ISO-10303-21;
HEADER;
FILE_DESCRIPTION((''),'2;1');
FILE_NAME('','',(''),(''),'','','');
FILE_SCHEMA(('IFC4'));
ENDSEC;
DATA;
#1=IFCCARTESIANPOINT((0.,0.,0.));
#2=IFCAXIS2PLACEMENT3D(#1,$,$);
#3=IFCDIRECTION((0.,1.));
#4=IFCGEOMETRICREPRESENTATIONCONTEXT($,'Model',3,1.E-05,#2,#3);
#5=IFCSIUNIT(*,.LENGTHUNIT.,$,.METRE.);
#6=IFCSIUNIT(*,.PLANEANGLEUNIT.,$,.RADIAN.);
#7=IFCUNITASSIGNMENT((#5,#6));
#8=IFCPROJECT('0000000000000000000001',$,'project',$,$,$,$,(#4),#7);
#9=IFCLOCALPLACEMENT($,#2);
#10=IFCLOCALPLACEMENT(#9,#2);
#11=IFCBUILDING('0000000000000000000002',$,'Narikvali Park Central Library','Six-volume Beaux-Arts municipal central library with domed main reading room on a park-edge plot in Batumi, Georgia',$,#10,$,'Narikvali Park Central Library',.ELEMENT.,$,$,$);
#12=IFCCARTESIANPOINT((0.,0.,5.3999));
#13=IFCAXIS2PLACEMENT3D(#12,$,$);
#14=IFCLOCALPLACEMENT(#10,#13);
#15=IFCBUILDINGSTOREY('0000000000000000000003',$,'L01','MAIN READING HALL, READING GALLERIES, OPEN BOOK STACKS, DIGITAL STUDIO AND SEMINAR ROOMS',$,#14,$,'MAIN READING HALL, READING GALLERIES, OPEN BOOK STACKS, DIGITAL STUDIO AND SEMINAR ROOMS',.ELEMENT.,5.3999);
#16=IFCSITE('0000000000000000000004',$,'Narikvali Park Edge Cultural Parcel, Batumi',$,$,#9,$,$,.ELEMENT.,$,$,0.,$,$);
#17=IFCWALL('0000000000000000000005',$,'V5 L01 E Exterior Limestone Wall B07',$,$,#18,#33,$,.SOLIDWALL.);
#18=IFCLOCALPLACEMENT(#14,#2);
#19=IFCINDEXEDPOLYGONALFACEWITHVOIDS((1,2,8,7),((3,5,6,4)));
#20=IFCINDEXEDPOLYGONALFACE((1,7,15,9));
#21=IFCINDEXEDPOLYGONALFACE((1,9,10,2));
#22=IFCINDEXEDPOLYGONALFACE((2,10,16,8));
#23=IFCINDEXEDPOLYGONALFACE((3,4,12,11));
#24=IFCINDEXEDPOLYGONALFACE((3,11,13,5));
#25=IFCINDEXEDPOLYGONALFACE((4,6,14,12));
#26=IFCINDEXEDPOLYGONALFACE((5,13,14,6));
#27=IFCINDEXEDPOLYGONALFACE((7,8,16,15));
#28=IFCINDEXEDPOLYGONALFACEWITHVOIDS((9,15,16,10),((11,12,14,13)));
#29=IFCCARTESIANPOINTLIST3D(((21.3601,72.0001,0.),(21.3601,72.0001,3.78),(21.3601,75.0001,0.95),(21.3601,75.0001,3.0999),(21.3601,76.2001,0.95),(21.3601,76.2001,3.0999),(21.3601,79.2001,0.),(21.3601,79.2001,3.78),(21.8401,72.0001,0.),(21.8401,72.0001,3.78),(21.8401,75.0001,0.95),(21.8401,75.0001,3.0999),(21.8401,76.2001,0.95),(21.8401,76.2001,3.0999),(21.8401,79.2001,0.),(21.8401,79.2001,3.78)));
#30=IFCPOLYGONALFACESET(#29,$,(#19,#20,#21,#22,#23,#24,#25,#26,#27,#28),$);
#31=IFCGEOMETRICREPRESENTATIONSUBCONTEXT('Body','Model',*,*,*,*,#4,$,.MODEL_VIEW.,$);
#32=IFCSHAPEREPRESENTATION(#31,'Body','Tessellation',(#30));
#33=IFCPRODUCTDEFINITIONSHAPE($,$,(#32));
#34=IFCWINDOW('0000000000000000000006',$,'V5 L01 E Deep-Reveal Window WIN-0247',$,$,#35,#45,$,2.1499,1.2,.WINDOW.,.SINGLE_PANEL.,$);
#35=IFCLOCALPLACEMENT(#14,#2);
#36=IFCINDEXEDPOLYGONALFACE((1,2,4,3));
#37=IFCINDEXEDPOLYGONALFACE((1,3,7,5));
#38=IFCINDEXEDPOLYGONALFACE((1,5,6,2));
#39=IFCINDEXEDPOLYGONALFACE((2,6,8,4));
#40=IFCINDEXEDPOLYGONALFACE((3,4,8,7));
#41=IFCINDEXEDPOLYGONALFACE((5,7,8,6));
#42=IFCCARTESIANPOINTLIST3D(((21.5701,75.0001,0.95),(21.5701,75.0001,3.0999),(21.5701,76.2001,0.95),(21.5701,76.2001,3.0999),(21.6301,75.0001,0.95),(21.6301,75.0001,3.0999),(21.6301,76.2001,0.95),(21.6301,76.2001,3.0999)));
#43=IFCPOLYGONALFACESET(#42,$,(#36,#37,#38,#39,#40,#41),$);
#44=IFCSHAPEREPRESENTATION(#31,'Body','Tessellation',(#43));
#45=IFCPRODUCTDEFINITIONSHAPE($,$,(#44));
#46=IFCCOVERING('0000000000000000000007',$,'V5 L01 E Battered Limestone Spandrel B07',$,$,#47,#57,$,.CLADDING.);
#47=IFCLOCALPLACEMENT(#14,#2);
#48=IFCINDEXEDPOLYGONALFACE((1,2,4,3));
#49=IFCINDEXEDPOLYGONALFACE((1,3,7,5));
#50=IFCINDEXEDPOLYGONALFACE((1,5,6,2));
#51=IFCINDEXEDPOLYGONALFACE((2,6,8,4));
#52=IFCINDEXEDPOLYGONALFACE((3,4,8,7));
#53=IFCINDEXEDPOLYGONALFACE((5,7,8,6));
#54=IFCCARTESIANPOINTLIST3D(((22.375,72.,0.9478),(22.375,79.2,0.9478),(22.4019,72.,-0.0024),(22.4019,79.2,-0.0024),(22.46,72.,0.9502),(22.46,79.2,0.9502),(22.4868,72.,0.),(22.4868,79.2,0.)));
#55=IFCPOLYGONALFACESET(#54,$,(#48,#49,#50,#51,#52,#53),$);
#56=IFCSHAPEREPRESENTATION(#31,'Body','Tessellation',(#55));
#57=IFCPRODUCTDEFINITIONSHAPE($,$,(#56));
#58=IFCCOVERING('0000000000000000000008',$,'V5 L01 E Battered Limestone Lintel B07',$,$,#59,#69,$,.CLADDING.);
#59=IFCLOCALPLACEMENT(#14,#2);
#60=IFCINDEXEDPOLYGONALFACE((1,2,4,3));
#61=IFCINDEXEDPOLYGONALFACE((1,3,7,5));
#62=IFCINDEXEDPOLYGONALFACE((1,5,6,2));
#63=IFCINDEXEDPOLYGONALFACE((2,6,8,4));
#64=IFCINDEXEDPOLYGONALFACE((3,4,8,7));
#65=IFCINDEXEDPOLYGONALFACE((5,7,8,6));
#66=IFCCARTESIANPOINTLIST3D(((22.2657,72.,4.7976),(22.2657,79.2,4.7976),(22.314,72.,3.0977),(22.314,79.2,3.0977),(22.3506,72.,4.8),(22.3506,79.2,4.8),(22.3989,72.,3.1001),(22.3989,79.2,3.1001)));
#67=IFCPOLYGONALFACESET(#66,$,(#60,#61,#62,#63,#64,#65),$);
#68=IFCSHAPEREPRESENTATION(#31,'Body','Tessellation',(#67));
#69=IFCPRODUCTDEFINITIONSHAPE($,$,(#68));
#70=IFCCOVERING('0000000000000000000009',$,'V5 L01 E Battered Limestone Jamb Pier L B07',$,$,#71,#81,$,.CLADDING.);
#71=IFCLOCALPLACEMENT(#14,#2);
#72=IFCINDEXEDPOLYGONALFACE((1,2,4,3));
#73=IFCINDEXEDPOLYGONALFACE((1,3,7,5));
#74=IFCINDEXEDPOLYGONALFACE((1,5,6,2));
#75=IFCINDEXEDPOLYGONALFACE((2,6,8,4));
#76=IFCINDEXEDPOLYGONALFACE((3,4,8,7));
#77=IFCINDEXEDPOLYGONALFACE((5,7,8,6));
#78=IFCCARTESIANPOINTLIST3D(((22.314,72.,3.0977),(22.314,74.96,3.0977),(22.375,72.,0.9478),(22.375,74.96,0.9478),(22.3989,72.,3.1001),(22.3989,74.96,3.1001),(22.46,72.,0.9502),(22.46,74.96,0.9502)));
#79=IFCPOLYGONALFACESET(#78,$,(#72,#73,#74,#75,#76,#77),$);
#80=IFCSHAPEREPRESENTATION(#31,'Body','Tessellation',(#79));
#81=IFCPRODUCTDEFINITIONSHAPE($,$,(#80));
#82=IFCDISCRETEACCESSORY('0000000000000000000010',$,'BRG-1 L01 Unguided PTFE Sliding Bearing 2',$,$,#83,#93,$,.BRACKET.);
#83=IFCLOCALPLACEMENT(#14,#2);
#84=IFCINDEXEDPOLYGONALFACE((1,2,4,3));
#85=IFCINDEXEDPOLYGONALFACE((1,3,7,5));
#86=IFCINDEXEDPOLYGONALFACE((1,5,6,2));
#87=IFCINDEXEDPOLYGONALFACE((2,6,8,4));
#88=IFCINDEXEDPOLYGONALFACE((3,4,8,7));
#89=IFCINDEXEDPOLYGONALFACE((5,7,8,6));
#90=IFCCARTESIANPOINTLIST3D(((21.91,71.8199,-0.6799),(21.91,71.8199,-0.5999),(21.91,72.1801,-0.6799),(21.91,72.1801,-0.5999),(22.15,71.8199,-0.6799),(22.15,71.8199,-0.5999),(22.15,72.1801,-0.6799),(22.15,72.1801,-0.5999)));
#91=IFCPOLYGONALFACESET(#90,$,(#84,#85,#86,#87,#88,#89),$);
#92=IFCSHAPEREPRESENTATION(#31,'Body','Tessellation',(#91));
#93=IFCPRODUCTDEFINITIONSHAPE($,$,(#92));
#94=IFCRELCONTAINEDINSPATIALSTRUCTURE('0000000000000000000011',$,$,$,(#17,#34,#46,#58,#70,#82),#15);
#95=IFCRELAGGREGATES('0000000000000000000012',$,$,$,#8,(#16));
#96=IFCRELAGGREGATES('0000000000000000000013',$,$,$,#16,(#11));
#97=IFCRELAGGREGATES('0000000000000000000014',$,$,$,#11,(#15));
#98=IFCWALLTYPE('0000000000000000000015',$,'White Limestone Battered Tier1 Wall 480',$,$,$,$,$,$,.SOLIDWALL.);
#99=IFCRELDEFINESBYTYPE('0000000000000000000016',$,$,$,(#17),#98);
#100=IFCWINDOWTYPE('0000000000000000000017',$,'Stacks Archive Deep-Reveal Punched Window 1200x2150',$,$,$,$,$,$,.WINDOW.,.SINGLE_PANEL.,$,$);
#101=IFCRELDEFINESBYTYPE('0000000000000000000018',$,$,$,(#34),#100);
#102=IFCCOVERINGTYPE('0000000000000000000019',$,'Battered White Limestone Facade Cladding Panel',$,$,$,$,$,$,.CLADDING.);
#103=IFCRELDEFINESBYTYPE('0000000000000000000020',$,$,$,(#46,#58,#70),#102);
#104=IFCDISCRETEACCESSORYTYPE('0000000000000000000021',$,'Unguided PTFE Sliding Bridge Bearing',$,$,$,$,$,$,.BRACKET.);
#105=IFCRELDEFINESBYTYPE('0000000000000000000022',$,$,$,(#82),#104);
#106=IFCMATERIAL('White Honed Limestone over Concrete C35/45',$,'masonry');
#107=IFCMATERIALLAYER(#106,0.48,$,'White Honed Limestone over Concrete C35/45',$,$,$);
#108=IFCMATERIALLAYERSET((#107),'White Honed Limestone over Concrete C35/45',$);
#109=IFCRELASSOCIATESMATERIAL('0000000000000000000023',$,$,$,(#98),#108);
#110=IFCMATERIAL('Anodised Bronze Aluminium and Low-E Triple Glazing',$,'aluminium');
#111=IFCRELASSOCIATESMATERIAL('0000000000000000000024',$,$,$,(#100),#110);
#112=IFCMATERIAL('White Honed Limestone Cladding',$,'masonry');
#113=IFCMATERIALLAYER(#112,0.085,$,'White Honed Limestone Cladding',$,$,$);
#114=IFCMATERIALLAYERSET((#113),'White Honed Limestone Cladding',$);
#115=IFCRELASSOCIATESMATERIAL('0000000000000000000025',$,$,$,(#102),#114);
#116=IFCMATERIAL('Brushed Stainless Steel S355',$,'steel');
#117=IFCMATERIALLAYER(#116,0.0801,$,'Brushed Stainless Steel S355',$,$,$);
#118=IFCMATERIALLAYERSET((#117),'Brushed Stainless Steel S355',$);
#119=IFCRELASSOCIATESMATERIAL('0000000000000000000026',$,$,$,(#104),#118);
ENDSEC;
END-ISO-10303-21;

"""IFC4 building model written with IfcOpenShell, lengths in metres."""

from ifc_helpers import new_model, si_unit, direction, frame, frame_2d, origin, origin_2d, place, context, subcontext, project, spatial, polyline, rectangle, outline, extrude, material, layer, layer_set, type_object, element, fill, save


model = new_model("IFC4")

# Units and contexts
model_context = context("Model", 3, precision=1e-05, world=origin(), true_north=direction((0.0, 1.0)))
body_context = subcontext(model_context, "Body", "Model", "MODEL_VIEW")
ifc_project = project(units=[si_unit("LENGTHUNIT", "METRE"), si_unit("PLANEANGLEUNIT", "RADIAN")], contexts=[model_context])

# Site, building, storey
site_placement = place(None, origin())
site = spatial("IfcSite", under=ifc_project, at=site_placement, Name="Narikvali Park Edge Cultural Parcel, Batumi", CompositionType="ELEMENT", RefElevation=0.0)
building_placement = place(site_placement, origin())
building = spatial("IfcBuilding", under=site, at=building_placement, Name="Narikvali Park Central Library", Description="Six-volume Beaux-Arts municipal central library with domed main reading room on a park-edge plot in Batumi, Georgia", LongName="Narikvali Park Central Library", CompositionType="ELEMENT")
storey_placement = place(building_placement, frame((0.0, 0.0, 5.3999)))
storey = spatial("IfcBuildingStorey", under=building, at=storey_placement, Name="L01", Description="MAIN READING HALL, READING GALLERIES, OPEN BOOK STACKS, DIGITAL STUDIO AND SEMINAR ROOMS", LongName="MAIN READING HALL, READING GALLERIES, OPEN BOOK STACKS, DIGITAL STUDIO AND SEMINAR ROOMS", CompositionType="ELEMENT", Elevation=5.3999)

# Shared definitions
ifc_material_1 = material(Name="White Honed Limestone over Concrete C35/45", Category="masonry")
ifc_layer_1 = layer(ifc_material_1, 0.48, Name="White Honed Limestone over Concrete C35/45")
ifc_layer_set_1 = layer_set([ifc_layer_1], Name="White Honed Limestone over Concrete C35/45")
wall_type = type_object("IfcWallType", Name="White Limestone Battered Tier1 Wall 480", PredefinedType="SOLIDWALL", material=ifc_layer_set_1)

# Wall, opening, window
wall_1_placement = place(storey_placement, frame((21.6001, 72.0, 0.0), z_axis=(0.0, 0.0, 1.0), x_axis=(0.0, 1.0, 0.0)))
wall_1 = element("IfcWall", 1, at=wall_1_placement, inside=storey, type_object=wall_type, Name="V5 L01 E Exterior Limestone Wall B07", PredefinedType="SOLIDWALL", context=body_context, shape_type="SweptSolid", body=[
    extrude(rectangle(XDim=7.2, YDim=0.48, at=frame_2d((3.6001, 0.0))), origin(), (0.0, 0.0, 1.0), 3.78),
])
opening_1_placement = place(wall_1_placement, frame((3.0, 0.0, 0.95)))
opening_1 = element("IfcOpeningElement", 2, at=opening_1_placement, cuts=wall_1, PredefinedType="OPENING", context=body_context, shape_type="SweptSolid", body=[
    extrude(rectangle(XDim=1.2, YDim=2.1499, at=frame_2d((0.6001, 1.075))), frame((0.0, 0.252, 0.0), z_axis=(0.0, -1.0, 0.0), x_axis=(1.0, 0.0, 0.0)), (0.0, 0.0, 1.0), 0.5039),
])
ifc_material_2 = material(Name="Anodised Bronze Aluminium and Low-E Triple Glazing", Category="aluminium")
window_type = type_object("IfcWindowType", Name="Stacks Archive Deep-Reveal Punched Window 1200x2150", PartitioningType="SINGLE_PANEL", PredefinedType="WINDOW", material=ifc_material_2)
window_placement = place(opening_1_placement, origin())
window = element("IfcWindow", 3, at=window_placement, inside=storey, type_object=window_type, Name="V5 L01 E Deep-Reveal Window WIN-0247", OverallHeight=2.1499, OverallWidth=1.2, PartitioningType="SINGLE_PANEL", PredefinedType="WINDOW", context=body_context, shape_type="SweptSolid", body=[
    extrude(rectangle(XDim=1.2, YDim=2.1499, at=frame_2d((0.6001, 1.075))), frame((0.0, 0.03, 0.0), z_axis=(0.0, -1.0, 0.0), x_axis=(1.0, 0.0, 0.0)), (0.0, 0.0, 1.0), 0.0601),
])
fill(opening_1, window)

# Coverings
ifc_material_3 = material(Name="White Honed Limestone Cladding", Category="masonry")
ifc_layer_2 = layer(ifc_material_3, 0.085, Name="White Honed Limestone Cladding")
ifc_layer_set_2 = layer_set([ifc_layer_2], Name="White Honed Limestone Cladding")
covering_type = type_object("IfcCoveringType", Name="Battered White Limestone Facade Cladding Panel", PredefinedType="CLADDING", material=ifc_layer_set_2)
covering_1_placement = place(storey_placement, frame((22.4868, 72.0, 0.0), z_axis=(0.999601, 0.0, 0.028252), x_axis=(0.0, 1.0, 0.0)))
element("IfcCovering", 4, at=covering_1_placement, inside=storey, type_object=covering_type, Name="V5 L01 E Battered Limestone Spandrel B07", PredefinedType="CLADDING", context=body_context, shape_type="SweptSolid", body=[
    extrude(outline(polyline([(0.0, 0.0), (7.2, 0.0), (7.2, 0.9506), (0.0, 0.9506), (0.0, 0.0)])), origin(), (0.0, 0.0, -1.0), 0.085),
])
covering_2_placement = place(storey_placement, frame((22.3989, 72.0, 3.1001), z_axis=(0.999596, 0.0, 0.028425), x_axis=(0.0, 1.0, 0.0)))
element("IfcCovering", 5, at=covering_2_placement, inside=storey, type_object=covering_type, Name="V5 L01 E Battered Limestone Lintel B07", PredefinedType="CLADDING", context=body_context, shape_type="SweptSolid", body=[
    extrude(outline(polyline([(0.0, 0.0), (7.2, 0.0), (7.2, 1.7006), (0.0, 1.7006), (0.0, 0.0)])), origin(), (0.0, 0.0, -1.0), 0.085),
])
covering_3_placement = place(storey_placement, frame((22.46, 72.0, 0.9502), z_axis=(0.999597, 0.0, 0.028378), x_axis=(0.0, 1.0, 0.0)))
element("IfcCovering", 6, at=covering_3_placement, inside=storey, type_object=covering_type, Name="V5 L01 E Battered Limestone Jamb Pier L B07", PredefinedType="CLADDING", context=body_context, shape_type="SweptSolid", body=[
    extrude(outline(polyline([(0.0, 0.0), (2.96, 0.0), (2.96, 2.1508), (0.0, 2.1508), (0.0, 0.0)])), origin(), (0.0, 0.0, -1.0), 0.085),
])

# Discrete accessory
ifc_material_4 = material(Name="Brushed Stainless Steel S355", Category="steel")
ifc_layer_3 = layer(ifc_material_4, 0.0801, Name="Brushed Stainless Steel S355")
ifc_layer_set_3 = layer_set([ifc_layer_3], Name="Brushed Stainless Steel S355")
discrete_accessory_type = type_object("IfcDiscreteAccessoryType", Name="Unguided PTFE Sliding Bridge Bearing", PredefinedType="BRACKET", material=ifc_layer_set_3)
discrete_accessory_placement = place(storey_placement, frame((22.03, 72.0, -0.6799), z_axis=(0.0, 0.0, 1.0), x_axis=(1.0, 0.0, 0.0)))
element("IfcDiscreteAccessory", 7, at=discrete_accessory_placement, inside=storey, type_object=discrete_accessory_type, Name="BRG-1 L01 Unguided PTFE Sliding Bearing 2", PredefinedType="BRACKET", context=body_context, shape_type="SweptSolid", body=[
    extrude(rectangle(XDim=0.24, YDim=0.3601, at=origin_2d()), origin(), (0.0, 0.0, 1.0), 0.0801),
])

save(model, "model.ifc")
